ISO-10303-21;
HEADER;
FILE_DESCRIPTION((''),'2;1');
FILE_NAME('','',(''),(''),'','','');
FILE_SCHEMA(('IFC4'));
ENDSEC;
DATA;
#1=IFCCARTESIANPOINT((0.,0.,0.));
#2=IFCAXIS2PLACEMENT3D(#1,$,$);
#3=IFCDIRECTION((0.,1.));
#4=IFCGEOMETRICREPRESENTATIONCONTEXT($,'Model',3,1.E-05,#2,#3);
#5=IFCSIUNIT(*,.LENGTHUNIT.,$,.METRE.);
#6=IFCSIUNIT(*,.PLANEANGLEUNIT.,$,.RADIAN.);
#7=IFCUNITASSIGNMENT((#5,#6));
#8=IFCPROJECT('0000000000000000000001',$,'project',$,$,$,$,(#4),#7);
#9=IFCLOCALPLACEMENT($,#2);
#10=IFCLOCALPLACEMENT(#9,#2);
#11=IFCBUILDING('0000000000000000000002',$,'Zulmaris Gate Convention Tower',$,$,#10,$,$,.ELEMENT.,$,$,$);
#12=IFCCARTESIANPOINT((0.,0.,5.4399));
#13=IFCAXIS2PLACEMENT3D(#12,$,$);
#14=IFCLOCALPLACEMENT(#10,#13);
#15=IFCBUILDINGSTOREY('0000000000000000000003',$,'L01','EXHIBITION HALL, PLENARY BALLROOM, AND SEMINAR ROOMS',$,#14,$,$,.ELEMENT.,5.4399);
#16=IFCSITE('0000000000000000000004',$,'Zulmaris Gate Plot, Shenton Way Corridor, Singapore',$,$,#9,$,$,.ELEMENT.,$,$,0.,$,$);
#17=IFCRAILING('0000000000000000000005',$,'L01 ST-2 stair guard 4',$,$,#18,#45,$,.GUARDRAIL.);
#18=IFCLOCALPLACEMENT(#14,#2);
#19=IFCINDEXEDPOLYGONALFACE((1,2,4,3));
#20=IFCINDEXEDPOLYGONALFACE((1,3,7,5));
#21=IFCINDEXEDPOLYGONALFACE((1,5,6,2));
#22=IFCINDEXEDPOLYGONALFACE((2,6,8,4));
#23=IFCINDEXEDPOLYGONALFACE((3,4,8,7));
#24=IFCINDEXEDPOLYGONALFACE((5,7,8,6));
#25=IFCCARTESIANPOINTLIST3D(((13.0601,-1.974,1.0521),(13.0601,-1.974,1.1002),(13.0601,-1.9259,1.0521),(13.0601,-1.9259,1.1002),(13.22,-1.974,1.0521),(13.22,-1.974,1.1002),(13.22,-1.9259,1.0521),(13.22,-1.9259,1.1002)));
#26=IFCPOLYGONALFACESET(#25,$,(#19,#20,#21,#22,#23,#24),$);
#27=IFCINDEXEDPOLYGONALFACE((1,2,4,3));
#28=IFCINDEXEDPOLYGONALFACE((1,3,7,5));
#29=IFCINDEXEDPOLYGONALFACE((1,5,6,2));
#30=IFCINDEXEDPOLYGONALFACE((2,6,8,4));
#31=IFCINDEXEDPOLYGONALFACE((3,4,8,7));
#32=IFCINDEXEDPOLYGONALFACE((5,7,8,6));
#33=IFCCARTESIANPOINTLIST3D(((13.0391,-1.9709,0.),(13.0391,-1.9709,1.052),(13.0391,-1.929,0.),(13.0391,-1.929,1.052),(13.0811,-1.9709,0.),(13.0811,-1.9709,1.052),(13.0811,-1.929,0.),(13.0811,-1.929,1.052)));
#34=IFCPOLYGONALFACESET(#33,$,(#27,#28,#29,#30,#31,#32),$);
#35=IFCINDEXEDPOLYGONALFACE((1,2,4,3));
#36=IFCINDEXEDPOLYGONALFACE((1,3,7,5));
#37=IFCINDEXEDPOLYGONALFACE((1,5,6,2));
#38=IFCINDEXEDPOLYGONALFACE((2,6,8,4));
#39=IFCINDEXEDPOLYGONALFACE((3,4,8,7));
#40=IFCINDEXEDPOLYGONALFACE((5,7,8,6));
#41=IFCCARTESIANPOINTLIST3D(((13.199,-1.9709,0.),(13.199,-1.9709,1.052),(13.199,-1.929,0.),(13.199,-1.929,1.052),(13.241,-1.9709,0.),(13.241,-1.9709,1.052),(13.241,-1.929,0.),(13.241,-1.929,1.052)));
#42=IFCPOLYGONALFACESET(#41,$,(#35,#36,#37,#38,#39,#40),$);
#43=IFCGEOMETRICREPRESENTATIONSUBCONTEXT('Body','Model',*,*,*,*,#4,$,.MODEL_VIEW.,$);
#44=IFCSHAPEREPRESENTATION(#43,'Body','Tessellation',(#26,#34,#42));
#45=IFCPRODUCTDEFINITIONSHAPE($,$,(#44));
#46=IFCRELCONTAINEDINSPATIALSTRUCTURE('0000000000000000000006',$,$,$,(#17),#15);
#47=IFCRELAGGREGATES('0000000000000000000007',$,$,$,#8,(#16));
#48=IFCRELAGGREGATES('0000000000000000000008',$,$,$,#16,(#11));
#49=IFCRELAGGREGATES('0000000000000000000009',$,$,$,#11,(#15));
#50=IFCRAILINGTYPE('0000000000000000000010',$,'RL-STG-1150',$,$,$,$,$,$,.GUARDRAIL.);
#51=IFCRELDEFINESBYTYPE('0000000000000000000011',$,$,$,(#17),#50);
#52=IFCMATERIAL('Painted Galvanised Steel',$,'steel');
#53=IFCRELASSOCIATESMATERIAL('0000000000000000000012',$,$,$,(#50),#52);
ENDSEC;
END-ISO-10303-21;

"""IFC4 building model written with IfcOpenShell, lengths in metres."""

from ifc_helpers import new_model, si_unit, direction, frame, origin, origin_2d, place, context, subcontext, project, spatial, rectangle, extrude, material, type_object, element, save


model = new_model("IFC4")

# Units and contexts
model_context = context("Model", 3, precision=1e-05, world=origin(), true_north=direction((0.0, 1.0)))
body_context = subcontext(model_context, "Body", "Model", "MODEL_VIEW")
ifc_project = project(units=[si_unit("LENGTHUNIT", "METRE"), si_unit("PLANEANGLEUNIT", "RADIAN")], contexts=[model_context])

# Site, building, storey
site_placement = place(None, origin())
site = spatial("IfcSite", under=ifc_project, at=site_placement, Name="Zulmaris Gate Plot, Shenton Way Corridor, Singapore", CompositionType="ELEMENT", RefElevation=0.0)
building_placement = place(site_placement, origin())
building = spatial("IfcBuilding", under=site, at=building_placement, Name="Zulmaris Gate Convention Tower", CompositionType="ELEMENT")
storey_placement = place(building_placement, frame((0.0, 0.0, 5.4399)))
storey = spatial("IfcBuildingStorey", under=building, at=storey_placement, Name="L01", Description="EXHIBITION HALL, PLENARY BALLROOM, AND SEMINAR ROOMS", CompositionType="ELEMENT", Elevation=5.4399)

# Railing
ifc_material_1 = material(Name="Painted Galvanised Steel", Category="steel")
railing_type = type_object("IfcRailingType", Name="RL-STG-1150", PredefinedType="GUARDRAIL", material=ifc_material_1)
railing_1_placement = place(storey_placement, frame((13.0601, -1.95, 0.0)))
element("IfcRailing", 1, at=railing_1_placement, inside=storey, type_object=railing_type, Name="L01 ST-2 stair guard 4", PredefinedType="GUARDRAIL", context=body_context, shape_type="SweptSolid", body=[
    extrude(rectangle(XDim=0.0481, YDim=0.0481, at=origin_2d()), frame((0.0, 0.0, 1.0762), z_axis=(1.0, 0.0, 0.0), x_axis=(0.0, 1.0, 0.0)), (0.0, 0.0, 1.0), 0.1599),
    extrude(rectangle(XDim=0.042, YDim=0.042, at=origin_2d()), origin(), (0.0, 0.0, 1.0), 1.052),
    extrude(rectangle(XDim=0.042, YDim=0.042, at=origin_2d()), frame((0.1599, 0.0, 0.0)), (0.0, 0.0, 1.0), 1.052),
])

save(model, "model.ifc")
